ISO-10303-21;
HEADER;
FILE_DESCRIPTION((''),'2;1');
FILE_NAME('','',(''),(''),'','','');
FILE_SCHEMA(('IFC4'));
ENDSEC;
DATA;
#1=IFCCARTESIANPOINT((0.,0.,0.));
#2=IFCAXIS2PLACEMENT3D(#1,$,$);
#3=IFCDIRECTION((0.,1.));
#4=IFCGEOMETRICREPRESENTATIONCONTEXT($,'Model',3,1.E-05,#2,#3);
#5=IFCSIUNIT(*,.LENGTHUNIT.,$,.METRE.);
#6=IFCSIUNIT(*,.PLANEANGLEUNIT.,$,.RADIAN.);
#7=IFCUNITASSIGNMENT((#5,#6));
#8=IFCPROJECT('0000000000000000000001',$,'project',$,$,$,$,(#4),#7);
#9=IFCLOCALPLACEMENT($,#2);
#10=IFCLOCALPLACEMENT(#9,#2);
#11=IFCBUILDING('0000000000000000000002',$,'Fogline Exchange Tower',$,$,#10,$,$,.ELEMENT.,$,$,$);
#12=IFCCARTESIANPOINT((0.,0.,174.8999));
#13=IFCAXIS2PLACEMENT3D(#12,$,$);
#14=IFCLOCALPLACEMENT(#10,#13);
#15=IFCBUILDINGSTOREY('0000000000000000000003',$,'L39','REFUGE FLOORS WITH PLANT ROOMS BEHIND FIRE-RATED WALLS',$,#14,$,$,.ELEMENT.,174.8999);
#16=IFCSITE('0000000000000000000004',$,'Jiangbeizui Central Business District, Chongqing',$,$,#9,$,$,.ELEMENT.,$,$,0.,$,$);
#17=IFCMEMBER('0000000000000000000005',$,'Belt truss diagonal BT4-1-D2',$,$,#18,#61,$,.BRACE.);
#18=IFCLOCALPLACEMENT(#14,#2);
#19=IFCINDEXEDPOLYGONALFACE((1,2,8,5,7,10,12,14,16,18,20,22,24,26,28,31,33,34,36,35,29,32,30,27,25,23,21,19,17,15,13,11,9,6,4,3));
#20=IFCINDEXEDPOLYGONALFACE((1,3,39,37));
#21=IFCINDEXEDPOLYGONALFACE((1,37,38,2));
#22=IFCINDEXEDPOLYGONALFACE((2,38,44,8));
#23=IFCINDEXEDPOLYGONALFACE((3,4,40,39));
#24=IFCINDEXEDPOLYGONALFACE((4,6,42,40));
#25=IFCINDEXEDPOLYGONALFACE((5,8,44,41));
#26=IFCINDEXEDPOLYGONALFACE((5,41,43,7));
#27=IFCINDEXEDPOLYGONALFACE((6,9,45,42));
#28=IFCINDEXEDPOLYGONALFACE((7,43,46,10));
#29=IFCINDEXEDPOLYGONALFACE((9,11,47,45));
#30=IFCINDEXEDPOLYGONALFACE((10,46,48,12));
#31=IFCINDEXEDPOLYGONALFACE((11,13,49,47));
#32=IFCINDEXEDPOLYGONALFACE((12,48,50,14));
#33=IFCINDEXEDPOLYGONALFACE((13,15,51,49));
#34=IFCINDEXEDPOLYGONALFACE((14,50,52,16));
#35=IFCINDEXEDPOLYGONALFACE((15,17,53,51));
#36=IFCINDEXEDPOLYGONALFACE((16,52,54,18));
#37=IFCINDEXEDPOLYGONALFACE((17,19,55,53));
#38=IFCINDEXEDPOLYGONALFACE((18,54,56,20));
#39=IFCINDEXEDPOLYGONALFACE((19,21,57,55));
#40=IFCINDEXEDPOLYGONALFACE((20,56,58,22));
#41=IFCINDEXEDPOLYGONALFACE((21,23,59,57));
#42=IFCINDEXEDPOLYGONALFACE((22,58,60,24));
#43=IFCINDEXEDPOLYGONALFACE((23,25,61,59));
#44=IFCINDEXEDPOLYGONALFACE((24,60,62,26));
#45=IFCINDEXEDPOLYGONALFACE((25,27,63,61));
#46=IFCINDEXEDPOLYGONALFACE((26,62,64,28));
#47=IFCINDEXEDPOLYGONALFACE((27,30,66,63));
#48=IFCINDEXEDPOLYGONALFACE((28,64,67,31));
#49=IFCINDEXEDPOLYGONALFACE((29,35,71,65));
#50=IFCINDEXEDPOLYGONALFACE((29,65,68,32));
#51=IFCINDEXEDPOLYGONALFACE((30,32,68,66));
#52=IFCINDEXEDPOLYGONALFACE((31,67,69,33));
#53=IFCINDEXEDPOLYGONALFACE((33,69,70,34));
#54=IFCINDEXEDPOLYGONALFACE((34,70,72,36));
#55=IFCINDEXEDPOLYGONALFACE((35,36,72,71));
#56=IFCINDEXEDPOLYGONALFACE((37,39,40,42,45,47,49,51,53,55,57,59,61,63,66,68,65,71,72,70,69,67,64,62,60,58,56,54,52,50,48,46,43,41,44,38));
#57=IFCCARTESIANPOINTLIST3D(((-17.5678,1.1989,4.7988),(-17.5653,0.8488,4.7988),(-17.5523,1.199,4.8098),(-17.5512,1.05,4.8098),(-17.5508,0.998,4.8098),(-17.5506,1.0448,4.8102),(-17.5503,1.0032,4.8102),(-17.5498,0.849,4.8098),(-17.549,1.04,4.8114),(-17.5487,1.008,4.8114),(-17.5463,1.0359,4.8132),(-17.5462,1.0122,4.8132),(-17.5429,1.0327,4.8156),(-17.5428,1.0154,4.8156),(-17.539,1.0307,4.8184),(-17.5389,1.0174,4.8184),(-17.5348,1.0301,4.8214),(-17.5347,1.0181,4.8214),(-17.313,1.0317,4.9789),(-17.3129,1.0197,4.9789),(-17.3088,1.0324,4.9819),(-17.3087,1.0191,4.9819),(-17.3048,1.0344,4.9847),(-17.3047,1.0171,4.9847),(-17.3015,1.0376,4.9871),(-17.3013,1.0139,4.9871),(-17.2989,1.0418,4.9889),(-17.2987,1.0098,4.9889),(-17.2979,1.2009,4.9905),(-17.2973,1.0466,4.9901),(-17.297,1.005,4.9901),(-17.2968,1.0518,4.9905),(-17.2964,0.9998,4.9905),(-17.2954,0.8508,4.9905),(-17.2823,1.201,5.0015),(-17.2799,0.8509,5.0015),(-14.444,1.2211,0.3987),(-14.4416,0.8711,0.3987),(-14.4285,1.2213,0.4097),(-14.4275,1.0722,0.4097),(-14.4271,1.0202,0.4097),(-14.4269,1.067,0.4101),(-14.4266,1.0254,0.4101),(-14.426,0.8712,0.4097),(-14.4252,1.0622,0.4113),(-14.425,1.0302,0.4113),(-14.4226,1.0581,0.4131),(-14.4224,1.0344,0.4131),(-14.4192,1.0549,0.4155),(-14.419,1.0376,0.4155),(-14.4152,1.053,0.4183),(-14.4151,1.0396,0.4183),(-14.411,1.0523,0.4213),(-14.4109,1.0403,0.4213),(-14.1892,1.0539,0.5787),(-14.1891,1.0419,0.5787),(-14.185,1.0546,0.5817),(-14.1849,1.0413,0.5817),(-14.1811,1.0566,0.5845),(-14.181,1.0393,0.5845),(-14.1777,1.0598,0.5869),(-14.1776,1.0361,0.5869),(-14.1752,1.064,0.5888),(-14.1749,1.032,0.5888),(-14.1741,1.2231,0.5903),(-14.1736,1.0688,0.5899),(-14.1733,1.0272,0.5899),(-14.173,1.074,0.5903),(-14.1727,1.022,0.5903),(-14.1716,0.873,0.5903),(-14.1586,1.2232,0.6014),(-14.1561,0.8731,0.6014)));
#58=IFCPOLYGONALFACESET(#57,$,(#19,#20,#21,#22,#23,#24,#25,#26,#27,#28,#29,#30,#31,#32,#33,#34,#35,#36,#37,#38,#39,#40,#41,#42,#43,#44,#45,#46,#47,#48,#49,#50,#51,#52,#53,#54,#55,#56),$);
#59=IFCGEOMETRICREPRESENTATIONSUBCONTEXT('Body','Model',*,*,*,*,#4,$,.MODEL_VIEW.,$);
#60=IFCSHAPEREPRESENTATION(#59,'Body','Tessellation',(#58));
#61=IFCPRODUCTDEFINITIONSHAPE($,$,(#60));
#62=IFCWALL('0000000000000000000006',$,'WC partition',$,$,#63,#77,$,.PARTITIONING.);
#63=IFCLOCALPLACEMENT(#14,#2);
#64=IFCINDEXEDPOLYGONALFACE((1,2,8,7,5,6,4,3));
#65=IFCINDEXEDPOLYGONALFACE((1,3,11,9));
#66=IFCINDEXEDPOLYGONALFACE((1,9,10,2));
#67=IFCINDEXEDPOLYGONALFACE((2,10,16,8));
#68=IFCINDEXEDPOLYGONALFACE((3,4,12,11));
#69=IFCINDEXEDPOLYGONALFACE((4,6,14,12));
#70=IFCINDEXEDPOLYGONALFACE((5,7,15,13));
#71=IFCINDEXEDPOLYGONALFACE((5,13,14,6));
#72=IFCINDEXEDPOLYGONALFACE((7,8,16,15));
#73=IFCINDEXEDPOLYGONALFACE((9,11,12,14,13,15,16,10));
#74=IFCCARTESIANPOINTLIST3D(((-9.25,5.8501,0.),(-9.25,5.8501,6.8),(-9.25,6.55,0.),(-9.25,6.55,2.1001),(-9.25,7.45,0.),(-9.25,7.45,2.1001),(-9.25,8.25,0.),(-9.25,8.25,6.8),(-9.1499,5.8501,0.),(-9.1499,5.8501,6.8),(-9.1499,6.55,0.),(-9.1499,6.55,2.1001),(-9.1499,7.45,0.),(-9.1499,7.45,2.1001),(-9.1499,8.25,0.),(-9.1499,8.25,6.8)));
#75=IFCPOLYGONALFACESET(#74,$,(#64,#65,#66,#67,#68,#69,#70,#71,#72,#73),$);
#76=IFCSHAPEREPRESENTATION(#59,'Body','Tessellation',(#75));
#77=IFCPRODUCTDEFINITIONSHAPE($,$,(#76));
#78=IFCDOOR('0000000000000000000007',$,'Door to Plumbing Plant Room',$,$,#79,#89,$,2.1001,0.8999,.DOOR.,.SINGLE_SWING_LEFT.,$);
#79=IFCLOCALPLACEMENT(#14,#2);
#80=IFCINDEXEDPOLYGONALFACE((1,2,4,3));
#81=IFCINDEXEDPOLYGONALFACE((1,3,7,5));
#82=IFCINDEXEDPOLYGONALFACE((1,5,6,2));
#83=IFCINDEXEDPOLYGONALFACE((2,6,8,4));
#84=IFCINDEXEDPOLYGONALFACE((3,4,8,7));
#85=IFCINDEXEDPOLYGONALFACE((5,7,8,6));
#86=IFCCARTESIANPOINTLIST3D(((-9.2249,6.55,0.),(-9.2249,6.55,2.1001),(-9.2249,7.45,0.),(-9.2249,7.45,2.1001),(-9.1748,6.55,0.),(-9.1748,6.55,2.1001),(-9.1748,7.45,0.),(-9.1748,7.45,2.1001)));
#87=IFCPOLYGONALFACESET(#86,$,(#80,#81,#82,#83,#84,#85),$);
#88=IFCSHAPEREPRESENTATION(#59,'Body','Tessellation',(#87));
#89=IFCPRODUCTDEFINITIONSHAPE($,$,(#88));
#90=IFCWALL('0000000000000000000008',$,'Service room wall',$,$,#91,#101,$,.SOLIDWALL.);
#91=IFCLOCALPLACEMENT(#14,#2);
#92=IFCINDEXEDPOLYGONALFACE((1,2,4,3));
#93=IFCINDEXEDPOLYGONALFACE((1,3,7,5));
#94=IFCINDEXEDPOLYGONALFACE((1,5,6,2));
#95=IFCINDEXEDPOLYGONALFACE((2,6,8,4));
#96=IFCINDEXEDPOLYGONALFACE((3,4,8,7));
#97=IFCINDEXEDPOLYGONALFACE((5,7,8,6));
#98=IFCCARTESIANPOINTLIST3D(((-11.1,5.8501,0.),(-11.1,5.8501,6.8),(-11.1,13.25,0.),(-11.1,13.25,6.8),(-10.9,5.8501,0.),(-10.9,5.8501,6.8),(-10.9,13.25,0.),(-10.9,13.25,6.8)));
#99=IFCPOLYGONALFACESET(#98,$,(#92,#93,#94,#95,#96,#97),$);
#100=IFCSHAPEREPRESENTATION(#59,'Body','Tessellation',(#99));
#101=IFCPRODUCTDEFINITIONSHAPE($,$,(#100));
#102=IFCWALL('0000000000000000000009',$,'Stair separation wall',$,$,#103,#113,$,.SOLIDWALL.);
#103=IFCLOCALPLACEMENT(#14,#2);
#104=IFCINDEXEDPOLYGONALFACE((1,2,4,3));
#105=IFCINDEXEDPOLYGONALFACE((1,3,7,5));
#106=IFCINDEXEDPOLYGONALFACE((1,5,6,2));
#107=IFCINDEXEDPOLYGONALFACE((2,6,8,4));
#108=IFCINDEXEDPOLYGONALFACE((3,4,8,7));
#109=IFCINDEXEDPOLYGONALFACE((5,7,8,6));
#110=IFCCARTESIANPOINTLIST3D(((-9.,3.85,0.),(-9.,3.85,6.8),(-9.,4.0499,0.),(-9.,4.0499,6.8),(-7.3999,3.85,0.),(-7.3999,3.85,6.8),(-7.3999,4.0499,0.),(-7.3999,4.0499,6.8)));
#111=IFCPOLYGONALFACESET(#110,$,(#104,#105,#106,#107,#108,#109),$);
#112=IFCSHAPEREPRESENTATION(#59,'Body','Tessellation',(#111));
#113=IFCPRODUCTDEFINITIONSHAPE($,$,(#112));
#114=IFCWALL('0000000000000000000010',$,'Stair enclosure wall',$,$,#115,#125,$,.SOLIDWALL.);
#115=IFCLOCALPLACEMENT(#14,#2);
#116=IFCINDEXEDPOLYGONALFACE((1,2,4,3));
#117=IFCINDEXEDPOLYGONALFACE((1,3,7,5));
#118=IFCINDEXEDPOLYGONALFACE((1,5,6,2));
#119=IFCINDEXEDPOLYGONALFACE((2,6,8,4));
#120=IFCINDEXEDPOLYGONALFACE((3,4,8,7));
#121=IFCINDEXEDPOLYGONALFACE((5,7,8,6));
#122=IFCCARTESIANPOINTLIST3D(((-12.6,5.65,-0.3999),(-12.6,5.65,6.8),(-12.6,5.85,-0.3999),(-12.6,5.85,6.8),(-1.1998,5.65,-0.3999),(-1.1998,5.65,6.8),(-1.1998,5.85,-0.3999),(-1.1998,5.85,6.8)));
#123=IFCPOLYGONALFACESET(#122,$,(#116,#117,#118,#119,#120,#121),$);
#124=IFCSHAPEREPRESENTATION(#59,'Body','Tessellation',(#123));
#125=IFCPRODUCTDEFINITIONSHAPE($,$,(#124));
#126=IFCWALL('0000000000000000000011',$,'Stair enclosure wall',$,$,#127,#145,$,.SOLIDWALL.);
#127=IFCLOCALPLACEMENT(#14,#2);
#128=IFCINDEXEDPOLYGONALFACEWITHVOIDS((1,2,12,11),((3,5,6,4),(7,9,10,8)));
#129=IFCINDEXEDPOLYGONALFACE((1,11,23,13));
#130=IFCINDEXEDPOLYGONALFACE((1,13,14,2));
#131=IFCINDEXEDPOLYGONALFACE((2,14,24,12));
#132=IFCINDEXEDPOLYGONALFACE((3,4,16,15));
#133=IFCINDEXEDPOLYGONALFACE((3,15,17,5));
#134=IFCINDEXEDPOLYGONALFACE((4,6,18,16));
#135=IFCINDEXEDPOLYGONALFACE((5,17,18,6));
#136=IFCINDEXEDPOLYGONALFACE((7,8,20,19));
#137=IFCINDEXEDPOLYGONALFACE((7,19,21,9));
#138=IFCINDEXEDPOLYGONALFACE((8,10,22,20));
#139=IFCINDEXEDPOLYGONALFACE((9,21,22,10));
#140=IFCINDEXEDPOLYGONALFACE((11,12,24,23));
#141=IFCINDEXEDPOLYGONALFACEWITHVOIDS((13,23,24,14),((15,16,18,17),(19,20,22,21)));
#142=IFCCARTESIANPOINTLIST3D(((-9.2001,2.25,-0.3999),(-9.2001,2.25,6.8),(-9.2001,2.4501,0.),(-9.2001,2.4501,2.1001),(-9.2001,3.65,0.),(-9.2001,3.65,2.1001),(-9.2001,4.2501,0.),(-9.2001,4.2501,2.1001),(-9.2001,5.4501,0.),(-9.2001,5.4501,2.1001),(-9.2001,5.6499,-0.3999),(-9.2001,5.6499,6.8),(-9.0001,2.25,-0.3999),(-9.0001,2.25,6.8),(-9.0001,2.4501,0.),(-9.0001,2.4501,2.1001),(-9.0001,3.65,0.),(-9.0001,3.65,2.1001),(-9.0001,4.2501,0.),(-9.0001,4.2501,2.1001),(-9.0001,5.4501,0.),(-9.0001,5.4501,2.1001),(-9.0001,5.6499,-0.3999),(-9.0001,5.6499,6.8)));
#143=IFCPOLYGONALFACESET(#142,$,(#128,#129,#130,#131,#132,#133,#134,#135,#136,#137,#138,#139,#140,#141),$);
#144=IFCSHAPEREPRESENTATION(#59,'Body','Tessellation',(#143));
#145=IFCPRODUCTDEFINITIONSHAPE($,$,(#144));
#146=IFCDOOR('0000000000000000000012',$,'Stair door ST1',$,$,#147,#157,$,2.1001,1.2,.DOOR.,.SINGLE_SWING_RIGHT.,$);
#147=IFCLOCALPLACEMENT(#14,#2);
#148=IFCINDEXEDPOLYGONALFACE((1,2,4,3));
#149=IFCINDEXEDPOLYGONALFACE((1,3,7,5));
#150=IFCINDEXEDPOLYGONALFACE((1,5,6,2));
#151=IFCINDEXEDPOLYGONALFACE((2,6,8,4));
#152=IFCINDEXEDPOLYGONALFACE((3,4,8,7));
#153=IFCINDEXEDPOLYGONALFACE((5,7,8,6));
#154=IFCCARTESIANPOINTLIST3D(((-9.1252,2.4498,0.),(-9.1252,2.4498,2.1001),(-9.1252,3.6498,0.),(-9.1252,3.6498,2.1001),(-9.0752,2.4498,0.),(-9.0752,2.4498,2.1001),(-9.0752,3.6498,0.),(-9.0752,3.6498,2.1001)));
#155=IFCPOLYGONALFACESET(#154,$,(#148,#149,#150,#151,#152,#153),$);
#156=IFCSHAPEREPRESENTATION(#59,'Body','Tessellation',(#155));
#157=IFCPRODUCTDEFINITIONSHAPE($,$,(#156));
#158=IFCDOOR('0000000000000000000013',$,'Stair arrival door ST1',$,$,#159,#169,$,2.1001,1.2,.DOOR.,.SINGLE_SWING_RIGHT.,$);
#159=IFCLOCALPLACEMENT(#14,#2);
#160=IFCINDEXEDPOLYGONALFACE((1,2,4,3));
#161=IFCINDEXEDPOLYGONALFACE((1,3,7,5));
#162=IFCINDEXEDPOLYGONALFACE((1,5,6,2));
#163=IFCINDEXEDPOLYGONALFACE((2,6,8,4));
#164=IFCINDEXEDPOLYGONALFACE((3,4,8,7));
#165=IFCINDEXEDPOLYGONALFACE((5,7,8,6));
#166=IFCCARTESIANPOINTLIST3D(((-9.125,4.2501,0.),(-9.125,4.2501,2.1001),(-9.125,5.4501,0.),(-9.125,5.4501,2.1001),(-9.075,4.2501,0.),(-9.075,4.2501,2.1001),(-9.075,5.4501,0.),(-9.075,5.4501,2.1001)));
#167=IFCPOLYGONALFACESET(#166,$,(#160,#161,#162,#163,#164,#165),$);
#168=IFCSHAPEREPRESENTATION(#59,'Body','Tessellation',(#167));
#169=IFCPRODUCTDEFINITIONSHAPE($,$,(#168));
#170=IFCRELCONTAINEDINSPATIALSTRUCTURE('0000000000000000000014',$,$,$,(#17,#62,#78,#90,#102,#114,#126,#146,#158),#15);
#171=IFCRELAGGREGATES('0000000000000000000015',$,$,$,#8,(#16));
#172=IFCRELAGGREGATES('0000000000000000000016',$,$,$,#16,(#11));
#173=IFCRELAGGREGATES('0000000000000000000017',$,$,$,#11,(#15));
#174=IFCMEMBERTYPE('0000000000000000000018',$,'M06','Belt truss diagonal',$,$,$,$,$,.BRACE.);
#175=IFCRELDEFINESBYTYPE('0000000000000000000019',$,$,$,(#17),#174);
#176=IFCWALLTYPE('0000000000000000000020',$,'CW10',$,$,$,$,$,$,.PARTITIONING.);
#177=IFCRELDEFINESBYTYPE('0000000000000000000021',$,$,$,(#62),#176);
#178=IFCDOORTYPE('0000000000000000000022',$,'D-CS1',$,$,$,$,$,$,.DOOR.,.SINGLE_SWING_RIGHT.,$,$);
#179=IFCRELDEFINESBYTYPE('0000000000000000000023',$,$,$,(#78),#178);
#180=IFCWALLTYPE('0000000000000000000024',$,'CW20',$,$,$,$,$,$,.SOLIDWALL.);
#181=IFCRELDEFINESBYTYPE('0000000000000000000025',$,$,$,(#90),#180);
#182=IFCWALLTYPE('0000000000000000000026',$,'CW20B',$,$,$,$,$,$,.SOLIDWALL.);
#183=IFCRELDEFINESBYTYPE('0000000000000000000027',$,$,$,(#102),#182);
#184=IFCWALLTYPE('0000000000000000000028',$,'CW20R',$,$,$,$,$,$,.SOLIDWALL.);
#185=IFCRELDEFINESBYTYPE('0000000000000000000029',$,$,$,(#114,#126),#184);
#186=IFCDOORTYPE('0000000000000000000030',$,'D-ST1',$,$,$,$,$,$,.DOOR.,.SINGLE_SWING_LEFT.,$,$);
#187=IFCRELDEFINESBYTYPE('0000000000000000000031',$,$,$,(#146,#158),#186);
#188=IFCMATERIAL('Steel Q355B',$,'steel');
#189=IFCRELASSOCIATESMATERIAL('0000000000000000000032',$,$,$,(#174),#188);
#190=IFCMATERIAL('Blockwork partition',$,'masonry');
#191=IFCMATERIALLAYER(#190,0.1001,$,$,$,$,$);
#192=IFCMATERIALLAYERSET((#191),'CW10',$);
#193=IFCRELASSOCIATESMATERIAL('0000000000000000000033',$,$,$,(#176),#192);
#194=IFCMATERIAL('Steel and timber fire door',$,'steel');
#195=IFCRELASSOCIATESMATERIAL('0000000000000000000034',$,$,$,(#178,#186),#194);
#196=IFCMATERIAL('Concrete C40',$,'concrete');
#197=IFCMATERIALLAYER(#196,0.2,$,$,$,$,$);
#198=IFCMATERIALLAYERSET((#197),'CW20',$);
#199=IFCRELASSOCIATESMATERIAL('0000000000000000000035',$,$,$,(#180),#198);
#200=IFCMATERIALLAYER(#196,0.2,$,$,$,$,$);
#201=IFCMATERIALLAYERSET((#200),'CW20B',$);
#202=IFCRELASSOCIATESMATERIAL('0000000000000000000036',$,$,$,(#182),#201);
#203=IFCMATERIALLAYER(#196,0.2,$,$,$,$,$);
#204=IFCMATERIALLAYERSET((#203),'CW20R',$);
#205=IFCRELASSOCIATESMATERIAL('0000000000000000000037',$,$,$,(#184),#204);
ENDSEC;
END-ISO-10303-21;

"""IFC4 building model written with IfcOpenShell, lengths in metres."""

from ifc_helpers import new_model, si_unit, direction, frame, frame_2d, origin, origin_2d, place, context, subcontext, project, spatial, rectangle, i_section, extrude, material, layer, layer_set, material_profile, profile_set, type_object, element, fill, save


model = new_model("IFC4")

# Units and contexts
model_context = context("Model", 3, precision=1e-05, world=origin(), true_north=direction((0.0, 1.0)))
body_context = subcontext(model_context, "Body", "Model", "MODEL_VIEW")
ifc_project = project(units=[si_unit("LENGTHUNIT", "METRE"), si_unit("PLANEANGLEUNIT", "RADIAN")], contexts=[model_context])

# Site, building, storey
site_placement = place(None, origin())
site = spatial("IfcSite", under=ifc_project, at=site_placement, Name="Jiangbeizui Central Business District, Chongqing", CompositionType="ELEMENT", RefElevation=0.0)
building_placement = place(site_placement, origin())
building = spatial("IfcBuilding", under=site, at=building_placement, Name="Fogline Exchange Tower", CompositionType="ELEMENT")
storey_placement = place(building_placement, frame((0.0, 0.0, 174.8999)))
storey = spatial("IfcBuildingStorey", under=building, at=storey_placement, Name="L39", Description="REFUGE FLOORS WITH PLANT ROOMS BEHIND FIRE-RATED WALLS", CompositionType="ELEMENT", Elevation=174.8999)

# Member
ifc_material_1 = material(Name="Steel Q355B", Category="steel")
ifc_material_profile = material_profile(ifc_material_1, i_section(OverallWidth=0.3501, OverallDepth=0.3501, WebThickness=0.012, FlangeThickness=0.019, FilletRadius=0.02, at=origin_2d()), Name="HW350X350X12X19")
ifc_profile_set = profile_set([ifc_material_profile], Name="Steel Q355B")
member_type = type_object("IfcMemberType", Name="M06", Description="Belt truss diagonal", PredefinedType="BRACE", material=ifc_profile_set)
member_placement = place(storey_placement, frame((-17.4238, 1.0249, 4.9001), z_axis=(0.578877, 0.004117, -0.815404), x_axis=(-0.007112, 0.999975, 0.0)))
element("IfcMember", 1, at=member_placement, inside=storey, type_object=member_type, Name="Belt truss diagonal BT4-1-D2", PredefinedType="BRACE", context=body_context, shape_type="SweptSolid", body=[
    extrude(i_section(OverallWidth=0.3501, OverallDepth=0.3501, WebThickness=0.012, FlangeThickness=0.019, FilletRadius=0.02, at=origin_2d()), origin(), (0.0, 0.0, 1.0), 5.3962),
])

# Wall, opening, door
ifc_material_2 = material(Name="Blockwork partition", Category="masonry")
ifc_layer_1 = layer(ifc_material_2, 0.1001)
ifc_layer_set_1 = layer_set([ifc_layer_1], Name="CW10")
wall_type_1 = type_object("IfcWallType", Name="CW10", PredefinedType="PARTITIONING", material=ifc_layer_set_1)
wall_1_placement = place(storey_placement, frame((-9.2, 5.8501, 0.0), z_axis=(0.0, 0.0, 1.0), x_axis=(0.0, 1.0, 0.0)))
wall_1 = element("IfcWall", 2, at=wall_1_placement, inside=storey, type_object=wall_type_1, Name="WC partition", PredefinedType="PARTITIONING", context=body_context, shape_type="SweptSolid", body=[
    extrude(rectangle(XDim=2.3999, YDim=0.1001, at=frame_2d((1.2, 0.0))), origin(), (0.0, 0.0, 1.0), 6.8),
])
opening_1_placement = place(wall_1_placement, frame((0.7, 0.0, 0.0)))
opening_1 = element("IfcOpeningElement", 3, at=opening_1_placement, cuts=wall_1, PredefinedType="OPENING", context=body_context, shape_type="SweptSolid", body=[
    extrude(rectangle(XDim=0.8999, YDim=2.1001, at=frame_2d((0.45, 1.05))), frame((0.0, 0.0601, 0.0), z_axis=(0.0, -1.0, 0.0), x_axis=(1.0, 0.0, 0.0)), (0.0, 0.0, 1.0), 0.1201),
])
ifc_material_3 = material(Name="Steel and timber fire door", Category="steel")
door_type_1 = type_object("IfcDoorType", Name="D-CS1", OperationType="SINGLE_SWING_RIGHT", PredefinedType="DOOR", material=ifc_material_3)
door_1_placement = place(opening_1_placement, origin())
door_1 = element("IfcDoor", 4, at=door_1_placement, inside=storey, type_object=door_type_1, Name="Door to Plumbing Plant Room", OperationType="SINGLE_SWING_LEFT", OverallHeight=2.1001, OverallWidth=0.8999, PredefinedType="DOOR", context=body_context, shape_type="SweptSolid", body=[
    extrude(rectangle(XDim=0.8999, YDim=2.1001, at=frame_2d((0.45, 1.05))), frame((0.0, 0.0249, 0.0), z_axis=(0.0, -1.0, 0.0), x_axis=(1.0, 0.0, 0.0)), (0.0, 0.0, 1.0), 0.05),
])
fill(opening_1, door_1)

# Walls
ifc_material_4 = material(Name="Concrete C40", Category="concrete")
ifc_layer_2 = layer(ifc_material_4, 0.2)
ifc_layer_set_2 = layer_set([ifc_layer_2], Name="CW20")
wall_type_2 = type_object("IfcWallType", Name="CW20", PredefinedType="SOLIDWALL", material=ifc_layer_set_2)
wall_2_placement = place(storey_placement, frame((-11.0, 5.8501, 0.0), z_axis=(0.0, 0.0, 1.0), x_axis=(0.0, 1.0, 0.0)))
element("IfcWall", 5, at=wall_2_placement, inside=storey, type_object=wall_type_2, Name="Service room wall", PredefinedType="SOLIDWALL", context=body_context, shape_type="SweptSolid", body=[
    extrude(rectangle(XDim=7.3999, YDim=0.2, at=frame_2d((3.7, 0.0))), origin(), (0.0, 0.0, 1.0), 6.8),
])
ifc_layer_3 = layer(ifc_material_4, 0.2)
ifc_layer_set_3 = layer_set([ifc_layer_3], Name="CW20B")
wall_type_3 = type_object("IfcWallType", Name="CW20B", PredefinedType="SOLIDWALL", material=ifc_layer_set_3)
wall_3_placement = place(storey_placement, frame((-9.0, 3.95, 0.0), z_axis=(0.0, 0.0, 1.0), x_axis=(1.0, 0.0, 0.0)))
element("IfcWall", 6, at=wall_3_placement, inside=storey, type_object=wall_type_3, Name="Stair separation wall", PredefinedType="SOLIDWALL", context=body_context, shape_type="SweptSolid", body=[
    extrude(rectangle(XDim=1.6001, YDim=0.2, at=frame_2d((0.8, 0.0))), origin(), (0.0, 0.0, 1.0), 6.8),
])
ifc_layer_4 = layer(ifc_material_4, 0.2)
ifc_layer_set_4 = layer_set([ifc_layer_4], Name="CW20R")
wall_type_4 = type_object("IfcWallType", Name="CW20R", PredefinedType="SOLIDWALL", material=ifc_layer_set_4)
wall_4_placement = place(storey_placement, frame((-12.6001, 5.75, -0.3999), z_axis=(0.0, 0.0, 1.0), x_axis=(1.0, 0.0, 0.0)))
element("IfcWall", 7, at=wall_4_placement, inside=storey, type_object=wall_type_4, Name="Stair enclosure wall", PredefinedType="SOLIDWALL", context=body_context, shape_type="SweptSolid", body=[
    extrude(rectangle(XDim=11.4001, YDim=0.2, at=frame_2d((5.7002, 0.0))), origin(), (0.0, 0.0, 1.0), 7.2),
])

# Wall, openings, doors
wall_5_placement = place(storey_placement, frame((-9.1001, 2.25, -0.3999), z_axis=(0.0, 0.0, 1.0), x_axis=(0.0, 1.0, 0.0)))
wall_5 = element("IfcWall", 8, at=wall_5_placement, inside=storey, type_object=wall_type_4, Name="Stair enclosure wall", PredefinedType="SOLIDWALL", context=body_context, shape_type="SweptSolid", body=[
    extrude(rectangle(XDim=3.3999, YDim=0.2, at=frame_2d((1.7, 0.0))), origin(), (0.0, 0.0, 1.0), 7.2),
])
opening_2_placement = place(wall_5_placement, frame((0.2, 0.0, 0.3999)))
opening_2 = element("IfcOpeningElement", 9, at=opening_2_placement, cuts=wall_5, PredefinedType="OPENING", context=body_context, shape_type="SweptSolid", body=[
    extrude(rectangle(XDim=1.2, YDim=2.1001, at=frame_2d((0.6001, 1.05))), frame((0.0, 0.1099, 0.0), z_axis=(0.0, -1.0, 0.0), x_axis=(1.0, 0.0, 0.0)), (0.0, 0.0, 1.0), 0.22),
])
opening_3_placement = place(wall_5_placement, frame((2.0, 0.0, 0.3999)))
opening_3 = element("IfcOpeningElement", 10, at=opening_3_placement, cuts=wall_5, PredefinedType="OPENING", context=body_context, shape_type="SweptSolid", body=[
    extrude(rectangle(XDim=1.2, YDim=2.1001, at=frame_2d((0.6001, 1.05))), frame((0.0, 0.1099, 0.0), z_axis=(0.0, -1.0, 0.0), x_axis=(1.0, 0.0, 0.0)), (0.0, 0.0, 1.0), 0.22),
])
door_type_2 = type_object("IfcDoorType", Name="D-ST1", OperationType="SINGLE_SWING_LEFT", PredefinedType="DOOR", material=ifc_material_3)
door_2_placement = place(opening_2_placement, frame((1.2, 0.0, 0.0), z_axis=(0.0, 0.0, 1.0), x_axis=(-1.0, 0.0, 0.0)))
door_2 = element("IfcDoor", 11, at=door_2_placement, inside=storey, type_object=door_type_2, Name="Stair door ST1", OperationType="SINGLE_SWING_RIGHT", OverallHeight=2.1001, OverallWidth=1.2, PredefinedType="DOOR", context=body_context, shape_type="SweptSolid", body=[
    extrude(rectangle(XDim=1.2, YDim=2.1001, at=frame_2d((0.6001, 1.05))), frame((0.0, 0.0249, 0.0), z_axis=(0.0, -1.0, 0.0), x_axis=(1.0, 0.0, 0.0)), (0.0, 0.0, 1.0), 0.05),
])
fill(opening_2, door_2)
door_3_placement = place(opening_3_placement, origin())
door_3 = element("IfcDoor", 12, at=door_3_placement, inside=storey, type_object=door_type_2, Name="Stair arrival door ST1", OperationType="SINGLE_SWING_RIGHT", OverallHeight=2.1001, OverallWidth=1.2, PredefinedType="DOOR", context=body_context, shape_type="SweptSolid", body=[
    extrude(rectangle(XDim=1.2, YDim=2.1001, at=frame_2d((0.6001, 1.05))), frame((0.0, 0.0249, 0.0), z_axis=(0.0, -1.0, 0.0), x_axis=(1.0, 0.0, 0.0)), (0.0, 0.0, 1.0), 0.05),
])
fill(opening_3, door_3)

save(model, "model.ifc")
